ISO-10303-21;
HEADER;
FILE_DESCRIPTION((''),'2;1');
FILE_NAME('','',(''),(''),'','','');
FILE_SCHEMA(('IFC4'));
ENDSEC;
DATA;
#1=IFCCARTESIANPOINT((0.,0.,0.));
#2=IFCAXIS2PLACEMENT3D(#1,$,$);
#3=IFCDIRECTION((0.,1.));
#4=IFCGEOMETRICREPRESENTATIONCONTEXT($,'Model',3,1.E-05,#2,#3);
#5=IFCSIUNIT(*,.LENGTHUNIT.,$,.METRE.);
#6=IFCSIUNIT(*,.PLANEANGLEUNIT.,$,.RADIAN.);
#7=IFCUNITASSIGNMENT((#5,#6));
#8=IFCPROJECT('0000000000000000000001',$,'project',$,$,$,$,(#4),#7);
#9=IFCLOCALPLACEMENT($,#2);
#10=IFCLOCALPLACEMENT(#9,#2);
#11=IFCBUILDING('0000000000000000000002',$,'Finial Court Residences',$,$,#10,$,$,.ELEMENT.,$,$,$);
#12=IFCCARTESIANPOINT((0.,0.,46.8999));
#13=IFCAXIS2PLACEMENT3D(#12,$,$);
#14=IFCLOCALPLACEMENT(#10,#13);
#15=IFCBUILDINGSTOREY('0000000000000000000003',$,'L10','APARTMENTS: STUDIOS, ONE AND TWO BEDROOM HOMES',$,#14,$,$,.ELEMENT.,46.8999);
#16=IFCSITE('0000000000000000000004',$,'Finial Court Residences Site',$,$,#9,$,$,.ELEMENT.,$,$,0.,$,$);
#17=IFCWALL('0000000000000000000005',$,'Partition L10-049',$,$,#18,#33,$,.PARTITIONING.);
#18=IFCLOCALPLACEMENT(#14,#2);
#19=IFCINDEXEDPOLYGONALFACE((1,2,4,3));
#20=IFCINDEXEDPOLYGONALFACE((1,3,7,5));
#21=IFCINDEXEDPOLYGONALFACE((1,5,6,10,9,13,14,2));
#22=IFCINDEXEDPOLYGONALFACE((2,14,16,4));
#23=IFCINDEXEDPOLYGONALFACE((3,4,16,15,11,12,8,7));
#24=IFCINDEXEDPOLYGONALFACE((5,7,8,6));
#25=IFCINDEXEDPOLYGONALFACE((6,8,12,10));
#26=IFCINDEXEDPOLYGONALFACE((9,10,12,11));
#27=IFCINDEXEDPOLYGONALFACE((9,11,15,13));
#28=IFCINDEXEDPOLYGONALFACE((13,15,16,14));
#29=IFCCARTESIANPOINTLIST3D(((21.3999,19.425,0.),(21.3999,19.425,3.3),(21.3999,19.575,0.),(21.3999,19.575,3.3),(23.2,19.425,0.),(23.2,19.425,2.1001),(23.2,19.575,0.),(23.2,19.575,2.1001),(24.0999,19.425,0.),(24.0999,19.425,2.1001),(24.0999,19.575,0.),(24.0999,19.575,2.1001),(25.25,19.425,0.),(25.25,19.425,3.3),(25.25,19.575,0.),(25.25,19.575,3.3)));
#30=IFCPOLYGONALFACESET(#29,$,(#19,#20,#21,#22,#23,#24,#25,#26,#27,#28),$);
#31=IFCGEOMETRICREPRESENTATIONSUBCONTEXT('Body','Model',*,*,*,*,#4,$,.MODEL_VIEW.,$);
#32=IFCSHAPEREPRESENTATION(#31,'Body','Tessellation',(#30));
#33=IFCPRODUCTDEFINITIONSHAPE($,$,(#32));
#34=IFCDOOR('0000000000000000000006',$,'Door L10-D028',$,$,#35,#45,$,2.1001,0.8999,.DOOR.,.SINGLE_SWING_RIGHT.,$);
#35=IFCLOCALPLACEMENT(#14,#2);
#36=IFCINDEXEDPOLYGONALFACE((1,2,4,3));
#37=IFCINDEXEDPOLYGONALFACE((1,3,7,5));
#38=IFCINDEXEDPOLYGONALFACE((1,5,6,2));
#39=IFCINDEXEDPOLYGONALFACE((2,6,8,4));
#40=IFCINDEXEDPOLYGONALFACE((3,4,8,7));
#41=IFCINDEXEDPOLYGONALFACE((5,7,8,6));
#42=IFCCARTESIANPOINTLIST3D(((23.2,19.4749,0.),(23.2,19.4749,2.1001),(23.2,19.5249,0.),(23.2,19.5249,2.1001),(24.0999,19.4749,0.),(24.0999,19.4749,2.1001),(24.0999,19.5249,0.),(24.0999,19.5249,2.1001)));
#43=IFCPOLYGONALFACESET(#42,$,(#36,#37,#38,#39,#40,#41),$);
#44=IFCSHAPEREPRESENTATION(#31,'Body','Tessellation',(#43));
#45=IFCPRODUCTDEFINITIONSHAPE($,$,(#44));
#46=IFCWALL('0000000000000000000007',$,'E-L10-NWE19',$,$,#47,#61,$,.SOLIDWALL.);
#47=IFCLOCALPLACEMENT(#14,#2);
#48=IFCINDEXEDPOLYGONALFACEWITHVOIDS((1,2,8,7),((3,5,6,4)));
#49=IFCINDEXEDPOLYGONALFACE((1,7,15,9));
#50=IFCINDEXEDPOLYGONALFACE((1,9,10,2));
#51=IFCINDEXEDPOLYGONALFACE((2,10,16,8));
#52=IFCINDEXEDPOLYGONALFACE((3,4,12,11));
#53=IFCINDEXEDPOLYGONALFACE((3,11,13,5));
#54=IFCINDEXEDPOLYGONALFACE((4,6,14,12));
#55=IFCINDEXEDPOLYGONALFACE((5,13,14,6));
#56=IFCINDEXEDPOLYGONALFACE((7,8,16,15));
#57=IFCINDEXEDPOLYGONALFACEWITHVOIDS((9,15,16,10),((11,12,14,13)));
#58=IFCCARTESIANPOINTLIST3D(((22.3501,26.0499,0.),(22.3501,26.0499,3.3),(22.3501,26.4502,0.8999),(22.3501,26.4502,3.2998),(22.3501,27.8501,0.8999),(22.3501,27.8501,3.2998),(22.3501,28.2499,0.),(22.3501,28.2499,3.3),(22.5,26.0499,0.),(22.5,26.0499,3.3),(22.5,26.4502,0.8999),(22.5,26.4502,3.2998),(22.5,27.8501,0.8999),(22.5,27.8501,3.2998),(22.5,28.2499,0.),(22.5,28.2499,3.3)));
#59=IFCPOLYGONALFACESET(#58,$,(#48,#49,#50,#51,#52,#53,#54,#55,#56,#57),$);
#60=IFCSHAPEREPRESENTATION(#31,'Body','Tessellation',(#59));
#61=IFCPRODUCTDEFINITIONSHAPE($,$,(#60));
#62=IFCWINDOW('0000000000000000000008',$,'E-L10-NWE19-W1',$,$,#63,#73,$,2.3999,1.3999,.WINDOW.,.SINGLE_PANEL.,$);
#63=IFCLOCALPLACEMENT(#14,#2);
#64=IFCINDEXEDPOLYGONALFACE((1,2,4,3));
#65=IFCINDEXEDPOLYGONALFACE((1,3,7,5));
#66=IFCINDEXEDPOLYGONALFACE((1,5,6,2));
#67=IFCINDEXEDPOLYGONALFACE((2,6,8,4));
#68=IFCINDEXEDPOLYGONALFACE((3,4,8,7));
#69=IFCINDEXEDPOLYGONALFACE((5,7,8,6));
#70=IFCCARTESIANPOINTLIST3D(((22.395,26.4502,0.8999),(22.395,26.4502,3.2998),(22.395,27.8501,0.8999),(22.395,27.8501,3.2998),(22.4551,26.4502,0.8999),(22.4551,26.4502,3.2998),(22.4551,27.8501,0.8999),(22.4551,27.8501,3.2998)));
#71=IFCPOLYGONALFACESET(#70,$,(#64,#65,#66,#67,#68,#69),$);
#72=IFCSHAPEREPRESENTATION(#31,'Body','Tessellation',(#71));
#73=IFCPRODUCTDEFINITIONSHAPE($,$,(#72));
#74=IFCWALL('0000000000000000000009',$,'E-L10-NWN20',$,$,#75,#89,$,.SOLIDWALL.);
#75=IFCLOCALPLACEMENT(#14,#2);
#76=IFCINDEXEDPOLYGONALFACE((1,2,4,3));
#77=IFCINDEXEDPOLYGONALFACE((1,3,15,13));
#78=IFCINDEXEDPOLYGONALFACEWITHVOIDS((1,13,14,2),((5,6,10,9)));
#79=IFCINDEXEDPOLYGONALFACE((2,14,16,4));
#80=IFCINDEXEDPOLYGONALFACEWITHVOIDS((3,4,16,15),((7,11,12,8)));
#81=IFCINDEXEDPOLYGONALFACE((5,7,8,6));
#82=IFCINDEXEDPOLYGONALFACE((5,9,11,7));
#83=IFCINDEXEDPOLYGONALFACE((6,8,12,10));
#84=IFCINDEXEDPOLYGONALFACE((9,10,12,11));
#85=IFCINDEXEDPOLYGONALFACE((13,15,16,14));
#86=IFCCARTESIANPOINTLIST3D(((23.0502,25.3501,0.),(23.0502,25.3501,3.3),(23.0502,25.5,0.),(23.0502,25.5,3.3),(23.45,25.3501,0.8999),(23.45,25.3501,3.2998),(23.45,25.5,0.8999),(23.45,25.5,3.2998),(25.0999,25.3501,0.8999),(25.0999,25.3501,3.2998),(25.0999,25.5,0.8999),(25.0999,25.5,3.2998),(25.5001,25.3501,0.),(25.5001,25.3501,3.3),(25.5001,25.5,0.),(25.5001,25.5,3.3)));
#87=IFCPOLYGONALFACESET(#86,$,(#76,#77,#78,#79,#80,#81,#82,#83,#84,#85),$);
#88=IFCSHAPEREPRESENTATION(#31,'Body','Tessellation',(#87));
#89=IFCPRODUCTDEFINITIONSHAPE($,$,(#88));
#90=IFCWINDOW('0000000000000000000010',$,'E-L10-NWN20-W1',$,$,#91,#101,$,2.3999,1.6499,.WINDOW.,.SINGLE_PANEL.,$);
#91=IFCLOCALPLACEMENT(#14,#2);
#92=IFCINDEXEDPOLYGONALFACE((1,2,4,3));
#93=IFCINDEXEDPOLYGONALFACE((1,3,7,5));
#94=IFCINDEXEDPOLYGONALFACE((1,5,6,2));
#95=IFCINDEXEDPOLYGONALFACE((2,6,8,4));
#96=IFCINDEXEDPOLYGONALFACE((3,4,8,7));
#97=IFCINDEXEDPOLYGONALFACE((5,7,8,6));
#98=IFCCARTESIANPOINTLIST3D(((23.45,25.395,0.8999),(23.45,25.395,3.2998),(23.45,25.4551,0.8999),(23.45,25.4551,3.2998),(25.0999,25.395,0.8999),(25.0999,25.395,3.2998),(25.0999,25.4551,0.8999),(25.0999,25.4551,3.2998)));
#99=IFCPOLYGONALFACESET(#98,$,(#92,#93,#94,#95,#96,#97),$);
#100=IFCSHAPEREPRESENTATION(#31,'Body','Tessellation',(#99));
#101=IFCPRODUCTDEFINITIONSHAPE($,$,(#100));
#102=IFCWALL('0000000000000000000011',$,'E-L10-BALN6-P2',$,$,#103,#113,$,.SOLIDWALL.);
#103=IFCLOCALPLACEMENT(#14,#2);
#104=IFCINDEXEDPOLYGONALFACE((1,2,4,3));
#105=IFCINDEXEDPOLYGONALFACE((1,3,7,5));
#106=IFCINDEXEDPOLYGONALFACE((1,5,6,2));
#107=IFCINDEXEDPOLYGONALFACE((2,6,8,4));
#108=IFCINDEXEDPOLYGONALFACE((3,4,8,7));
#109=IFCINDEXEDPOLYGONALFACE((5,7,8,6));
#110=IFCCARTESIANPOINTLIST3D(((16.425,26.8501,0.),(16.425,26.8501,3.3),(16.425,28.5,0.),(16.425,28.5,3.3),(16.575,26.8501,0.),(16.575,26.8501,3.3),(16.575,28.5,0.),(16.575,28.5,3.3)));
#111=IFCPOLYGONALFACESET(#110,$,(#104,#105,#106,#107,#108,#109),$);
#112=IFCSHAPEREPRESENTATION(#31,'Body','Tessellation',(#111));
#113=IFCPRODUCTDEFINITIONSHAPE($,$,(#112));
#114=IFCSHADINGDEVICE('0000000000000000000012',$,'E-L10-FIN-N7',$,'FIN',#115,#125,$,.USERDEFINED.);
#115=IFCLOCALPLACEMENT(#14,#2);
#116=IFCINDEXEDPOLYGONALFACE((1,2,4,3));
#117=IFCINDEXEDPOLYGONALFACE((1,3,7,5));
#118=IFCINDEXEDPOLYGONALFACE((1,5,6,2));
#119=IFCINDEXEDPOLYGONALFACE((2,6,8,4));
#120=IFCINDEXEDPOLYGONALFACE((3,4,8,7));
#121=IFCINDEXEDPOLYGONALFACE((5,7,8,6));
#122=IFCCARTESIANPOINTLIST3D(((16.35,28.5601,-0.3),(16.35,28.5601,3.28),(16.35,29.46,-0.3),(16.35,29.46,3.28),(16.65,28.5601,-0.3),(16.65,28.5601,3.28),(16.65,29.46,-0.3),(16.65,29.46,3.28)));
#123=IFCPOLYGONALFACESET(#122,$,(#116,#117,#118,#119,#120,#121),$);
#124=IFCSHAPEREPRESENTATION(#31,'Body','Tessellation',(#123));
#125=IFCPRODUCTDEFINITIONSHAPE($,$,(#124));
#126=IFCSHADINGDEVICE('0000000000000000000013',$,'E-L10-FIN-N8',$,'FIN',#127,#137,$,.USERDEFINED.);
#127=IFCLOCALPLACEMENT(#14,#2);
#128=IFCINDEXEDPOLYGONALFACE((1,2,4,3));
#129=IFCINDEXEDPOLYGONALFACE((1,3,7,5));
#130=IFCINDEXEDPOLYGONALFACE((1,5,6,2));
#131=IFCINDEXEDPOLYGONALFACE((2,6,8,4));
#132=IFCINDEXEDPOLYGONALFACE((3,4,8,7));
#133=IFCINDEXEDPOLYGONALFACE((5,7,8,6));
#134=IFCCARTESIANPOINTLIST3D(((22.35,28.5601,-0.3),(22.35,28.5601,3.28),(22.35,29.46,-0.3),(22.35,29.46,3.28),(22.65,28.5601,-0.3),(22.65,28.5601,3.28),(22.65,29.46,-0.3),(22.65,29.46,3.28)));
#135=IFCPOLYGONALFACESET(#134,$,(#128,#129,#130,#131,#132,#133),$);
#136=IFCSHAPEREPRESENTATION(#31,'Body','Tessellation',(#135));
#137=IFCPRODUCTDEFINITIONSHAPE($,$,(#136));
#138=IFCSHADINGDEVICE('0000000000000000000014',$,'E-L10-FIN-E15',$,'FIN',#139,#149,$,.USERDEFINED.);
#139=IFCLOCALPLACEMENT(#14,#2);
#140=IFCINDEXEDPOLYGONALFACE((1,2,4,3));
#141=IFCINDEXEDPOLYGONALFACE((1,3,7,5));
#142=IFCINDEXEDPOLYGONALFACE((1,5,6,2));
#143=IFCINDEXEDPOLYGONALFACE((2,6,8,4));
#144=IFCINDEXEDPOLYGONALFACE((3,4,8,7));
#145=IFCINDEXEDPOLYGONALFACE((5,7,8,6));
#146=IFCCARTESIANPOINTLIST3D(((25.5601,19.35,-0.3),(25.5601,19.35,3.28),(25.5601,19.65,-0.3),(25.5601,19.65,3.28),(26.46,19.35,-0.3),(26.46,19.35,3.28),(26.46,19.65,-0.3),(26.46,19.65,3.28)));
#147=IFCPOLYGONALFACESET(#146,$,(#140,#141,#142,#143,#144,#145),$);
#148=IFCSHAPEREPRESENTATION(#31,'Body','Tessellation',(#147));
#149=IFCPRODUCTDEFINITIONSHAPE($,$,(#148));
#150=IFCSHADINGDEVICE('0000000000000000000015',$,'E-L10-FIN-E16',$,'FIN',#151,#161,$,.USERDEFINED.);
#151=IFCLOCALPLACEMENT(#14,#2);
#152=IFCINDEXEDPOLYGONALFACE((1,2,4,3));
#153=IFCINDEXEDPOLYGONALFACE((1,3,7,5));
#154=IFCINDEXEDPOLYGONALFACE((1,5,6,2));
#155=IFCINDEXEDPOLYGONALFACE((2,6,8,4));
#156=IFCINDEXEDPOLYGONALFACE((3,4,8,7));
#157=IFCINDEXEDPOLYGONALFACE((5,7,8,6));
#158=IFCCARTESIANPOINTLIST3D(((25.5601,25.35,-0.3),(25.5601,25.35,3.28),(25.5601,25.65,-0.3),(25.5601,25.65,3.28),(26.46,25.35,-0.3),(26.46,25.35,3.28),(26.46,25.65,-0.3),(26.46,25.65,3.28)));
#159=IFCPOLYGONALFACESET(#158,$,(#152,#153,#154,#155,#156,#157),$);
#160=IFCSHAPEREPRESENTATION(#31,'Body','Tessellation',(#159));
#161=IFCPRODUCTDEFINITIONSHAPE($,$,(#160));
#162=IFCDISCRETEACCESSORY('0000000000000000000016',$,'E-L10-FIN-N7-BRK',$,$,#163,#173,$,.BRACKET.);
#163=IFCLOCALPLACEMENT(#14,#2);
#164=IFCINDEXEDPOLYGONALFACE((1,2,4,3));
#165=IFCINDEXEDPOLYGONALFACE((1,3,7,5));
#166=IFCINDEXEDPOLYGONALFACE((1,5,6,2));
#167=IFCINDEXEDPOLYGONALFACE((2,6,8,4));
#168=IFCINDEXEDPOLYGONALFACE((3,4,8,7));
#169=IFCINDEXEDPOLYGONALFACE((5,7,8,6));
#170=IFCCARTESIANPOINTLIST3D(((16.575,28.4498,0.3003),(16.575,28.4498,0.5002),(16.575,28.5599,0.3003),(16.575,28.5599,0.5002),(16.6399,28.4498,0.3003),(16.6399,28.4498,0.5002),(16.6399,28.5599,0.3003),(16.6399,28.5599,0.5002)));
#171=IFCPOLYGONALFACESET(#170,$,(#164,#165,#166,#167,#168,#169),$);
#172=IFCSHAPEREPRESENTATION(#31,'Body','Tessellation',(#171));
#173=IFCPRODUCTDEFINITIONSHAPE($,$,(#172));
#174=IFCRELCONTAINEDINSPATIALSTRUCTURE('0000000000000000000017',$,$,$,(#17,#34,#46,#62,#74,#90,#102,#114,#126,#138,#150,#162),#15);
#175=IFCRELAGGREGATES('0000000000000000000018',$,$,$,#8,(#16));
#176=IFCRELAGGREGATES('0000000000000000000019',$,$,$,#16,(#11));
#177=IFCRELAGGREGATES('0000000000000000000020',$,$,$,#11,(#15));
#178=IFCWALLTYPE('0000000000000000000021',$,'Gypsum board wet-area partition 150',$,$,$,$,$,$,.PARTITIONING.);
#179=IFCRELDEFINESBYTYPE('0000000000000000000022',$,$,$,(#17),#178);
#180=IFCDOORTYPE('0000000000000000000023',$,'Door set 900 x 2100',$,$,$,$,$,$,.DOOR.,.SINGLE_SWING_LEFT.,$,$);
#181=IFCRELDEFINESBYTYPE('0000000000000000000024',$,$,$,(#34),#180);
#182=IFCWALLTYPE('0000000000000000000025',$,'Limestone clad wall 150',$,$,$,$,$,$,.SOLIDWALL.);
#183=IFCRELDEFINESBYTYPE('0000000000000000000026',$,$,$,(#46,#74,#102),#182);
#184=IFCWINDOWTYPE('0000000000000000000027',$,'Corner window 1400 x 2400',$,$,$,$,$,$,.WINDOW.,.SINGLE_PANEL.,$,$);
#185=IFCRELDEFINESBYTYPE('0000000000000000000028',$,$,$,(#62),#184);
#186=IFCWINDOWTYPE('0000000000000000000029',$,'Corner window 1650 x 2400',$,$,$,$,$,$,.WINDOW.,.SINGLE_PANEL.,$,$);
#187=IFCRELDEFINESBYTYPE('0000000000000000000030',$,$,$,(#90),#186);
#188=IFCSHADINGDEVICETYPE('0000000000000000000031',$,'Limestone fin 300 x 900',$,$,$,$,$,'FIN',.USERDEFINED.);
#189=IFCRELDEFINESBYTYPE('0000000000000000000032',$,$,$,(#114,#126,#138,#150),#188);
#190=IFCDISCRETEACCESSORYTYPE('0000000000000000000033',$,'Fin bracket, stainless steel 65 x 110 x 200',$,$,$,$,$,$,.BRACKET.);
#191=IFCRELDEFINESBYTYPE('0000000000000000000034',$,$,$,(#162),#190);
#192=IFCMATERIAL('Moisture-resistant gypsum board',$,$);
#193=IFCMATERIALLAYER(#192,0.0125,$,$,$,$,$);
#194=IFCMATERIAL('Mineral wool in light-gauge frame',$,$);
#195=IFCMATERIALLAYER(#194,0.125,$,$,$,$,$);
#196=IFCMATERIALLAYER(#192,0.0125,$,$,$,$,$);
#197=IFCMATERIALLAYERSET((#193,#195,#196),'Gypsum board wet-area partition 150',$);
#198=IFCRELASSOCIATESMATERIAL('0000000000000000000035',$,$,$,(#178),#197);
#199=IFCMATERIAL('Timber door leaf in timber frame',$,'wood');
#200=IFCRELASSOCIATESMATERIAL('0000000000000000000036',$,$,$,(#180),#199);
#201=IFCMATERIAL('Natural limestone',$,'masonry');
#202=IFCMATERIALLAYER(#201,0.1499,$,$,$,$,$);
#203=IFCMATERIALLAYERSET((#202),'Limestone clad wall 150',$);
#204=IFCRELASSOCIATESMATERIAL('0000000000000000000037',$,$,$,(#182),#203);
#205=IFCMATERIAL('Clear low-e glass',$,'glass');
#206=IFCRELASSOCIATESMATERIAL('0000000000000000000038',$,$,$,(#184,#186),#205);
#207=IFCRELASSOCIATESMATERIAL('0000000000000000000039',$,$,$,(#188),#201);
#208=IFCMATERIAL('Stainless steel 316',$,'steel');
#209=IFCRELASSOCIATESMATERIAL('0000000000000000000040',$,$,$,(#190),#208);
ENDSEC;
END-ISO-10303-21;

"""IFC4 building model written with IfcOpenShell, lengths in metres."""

from ifc_helpers import new_model, si_unit, direction, frame, frame_2d, origin, origin_2d, place, context, subcontext, project, spatial, rectangle, extrude, material, layer, layer_set, type_object, element, fill, save


model = new_model("IFC4")

# Units and contexts
model_context = context("Model", 3, precision=1e-05, world=origin(), true_north=direction((0.0, 1.0)))
body_context = subcontext(model_context, "Body", "Model", "MODEL_VIEW")
ifc_project = project(units=[si_unit("LENGTHUNIT", "METRE"), si_unit("PLANEANGLEUNIT", "RADIAN")], contexts=[model_context])

# Site, building, storey
site_placement = place(None, origin())
site = spatial("IfcSite", under=ifc_project, at=site_placement, Name="Finial Court Residences Site", CompositionType="ELEMENT", RefElevation=0.0)
building_placement = place(site_placement, origin())
building = spatial("IfcBuilding", under=site, at=building_placement, Name="Finial Court Residences", CompositionType="ELEMENT")
storey_placement = place(building_placement, frame((0.0, 0.0, 46.8999)))
storey = spatial("IfcBuildingStorey", under=building, at=storey_placement, Name="L10", Description="APARTMENTS: STUDIOS, ONE AND TWO BEDROOM HOMES", CompositionType="ELEMENT", Elevation=46.8999)

# Shared definitions
ifc_material_1 = material(Name="Clear low-e glass", Category="glass")

# Wall, opening, door
ifc_material_2 = material(Name="Moisture-resistant gypsum board")
ifc_layer_1 = layer(ifc_material_2, 0.0125)
ifc_material_3 = material(Name="Mineral wool in light-gauge frame")
ifc_layer_2 = layer(ifc_material_3, 0.125)
ifc_layer_3 = layer(ifc_material_2, 0.0125)
ifc_layer_set_1 = layer_set([ifc_layer_1, ifc_layer_2, ifc_layer_3], Name="Gypsum board wet-area partition 150")
wall_type_1 = type_object("IfcWallType", Name="Gypsum board wet-area partition 150", PredefinedType="PARTITIONING", material=ifc_layer_set_1)
wall_1_placement = place(storey_placement, frame((21.3999, 19.5, 0.0), z_axis=(0.0, 0.0, 1.0), x_axis=(1.0, 0.0, 0.0)))
wall_1 = element("IfcWall", 1, at=wall_1_placement, inside=storey, type_object=wall_type_1, Name="Partition L10-049", PredefinedType="PARTITIONING", context=body_context, shape_type="SweptSolid", body=[
    extrude(rectangle(XDim=3.8501, YDim=0.1499, at=frame_2d((1.925, 0.0))), origin(), (0.0, 0.0, 1.0), 3.3),
])
opening_1_placement = place(wall_1_placement, frame((1.8, 0.0, 0.0)))
opening_1 = element("IfcOpeningElement", 2, at=opening_1_placement, cuts=wall_1, PredefinedType="OPENING", context=body_context, shape_type="SweptSolid", body=[
    extrude(rectangle(XDim=0.8999, YDim=2.1001, at=frame_2d((0.45, 1.05))), frame((0.0, 0.085, 0.0), z_axis=(0.0, -1.0, 0.0), x_axis=(1.0, 0.0, 0.0)), (0.0, 0.0, 1.0), 0.1699),
])
ifc_material_4 = material(Name="Timber door leaf in timber frame", Category="wood")
door_type = type_object("IfcDoorType", Name="Door set 900 x 2100", OperationType="SINGLE_SWING_LEFT", PredefinedType="DOOR", material=ifc_material_4)
door_placement = place(opening_1_placement, origin())
door = element("IfcDoor", 3, at=door_placement, inside=storey, type_object=door_type, Name="Door L10-D028", OperationType="SINGLE_SWING_RIGHT", OverallHeight=2.1001, OverallWidth=0.8999, PredefinedType="DOOR", context=body_context, shape_type="SweptSolid", body=[
    extrude(rectangle(XDim=0.8999, YDim=2.1001, at=frame_2d((0.45, 1.05))), frame((0.0, 0.0249, 0.0), z_axis=(0.0, -1.0, 0.0), x_axis=(1.0, 0.0, 0.0)), (0.0, 0.0, 1.0), 0.05),
])
fill(opening_1, door)

# Walls, openings, windows
ifc_material_5 = material(Name="Natural limestone", Category="masonry")
ifc_layer_4 = layer(ifc_material_5, 0.1499)
ifc_layer_set_2 = layer_set([ifc_layer_4], Name="Limestone clad wall 150")
wall_type_2 = type_object("IfcWallType", Name="Limestone clad wall 150", PredefinedType="SOLIDWALL", material=ifc_layer_set_2)
wall_2_placement = place(storey_placement, frame((22.425, 28.25, 0.0), z_axis=(0.0, 0.0, 1.0), x_axis=(0.0, -1.0, 0.0)))
wall_2 = element("IfcWall", 4, at=wall_2_placement, inside=storey, type_object=wall_type_2, Name="E-L10-NWE19", PredefinedType="SOLIDWALL", context=body_context, shape_type="SweptSolid", body=[
    extrude(rectangle(XDim=2.2, YDim=0.1499, at=frame_2d((1.1001, 0.0))), origin(), (0.0, 0.0, 1.0), 3.3),
])
opening_2_placement = place(wall_2_placement, frame((0.3999, 0.0, 0.8999)))
opening_2 = element("IfcOpeningElement", 5, at=opening_2_placement, cuts=wall_2, PredefinedType="OPENING", context=body_context, shape_type="SweptSolid", body=[
    extrude(rectangle(XDim=1.3999, YDim=2.3999, at=frame_2d((0.7, 1.2))), frame((0.0, 0.085, 0.0), z_axis=(0.0, -1.0, 0.0), x_axis=(1.0, 0.0, 0.0)), (0.0, 0.0, 1.0), 0.1699),
])
window_type_1 = type_object("IfcWindowType", Name="Corner window 1400 x 2400", PartitioningType="SINGLE_PANEL", PredefinedType="WINDOW", material=ifc_material_1)
window_1_placement = place(opening_2_placement, origin())
window_1 = element("IfcWindow", 6, at=window_1_placement, inside=storey, type_object=window_type_1, Name="E-L10-NWE19-W1", OverallHeight=2.3999, OverallWidth=1.3999, PartitioningType="SINGLE_PANEL", PredefinedType="WINDOW", context=body_context, shape_type="SweptSolid", body=[
    extrude(rectangle(XDim=1.3999, YDim=2.3999, at=frame_2d((0.7, 1.2))), frame((0.0, 0.03, 0.0), z_axis=(0.0, -1.0, 0.0), x_axis=(1.0, 0.0, 0.0)), (0.0, 0.0, 1.0), 0.0601),
])
fill(opening_2, window_1)
wall_3_placement = place(storey_placement, frame((23.05, 25.425, 0.0), z_axis=(0.0, 0.0, 1.0), x_axis=(1.0, 0.0, 0.0)))
wall_3 = element("IfcWall", 7, at=wall_3_placement, inside=storey, type_object=wall_type_2, Name="E-L10-NWN20", PredefinedType="SOLIDWALL", context=body_context, shape_type="SweptSolid", body=[
    extrude(rectangle(XDim=2.45, YDim=0.1499, at=frame_2d((1.2251, 0.0))), origin(), (0.0, 0.0, 1.0), 3.3),
])
opening_3_placement = place(wall_3_placement, frame((0.3999, 0.0, 0.8999)))
opening_3 = element("IfcOpeningElement", 8, at=opening_3_placement, cuts=wall_3, PredefinedType="OPENING", context=body_context, shape_type="SweptSolid", body=[
    extrude(rectangle(XDim=1.6499, YDim=2.3999, at=frame_2d((0.825, 1.2))), frame((0.0, 0.085, 0.0), z_axis=(0.0, -1.0, 0.0), x_axis=(1.0, 0.0, 0.0)), (0.0, 0.0, 1.0), 0.1699),
])
window_type_2 = type_object("IfcWindowType", Name="Corner window 1650 x 2400", PartitioningType="SINGLE_PANEL", PredefinedType="WINDOW", material=ifc_material_1)
window_2_placement = place(opening_3_placement, origin())
window_2 = element("IfcWindow", 9, at=window_2_placement, inside=storey, type_object=window_type_2, Name="E-L10-NWN20-W1", OverallHeight=2.3999, OverallWidth=1.6499, PartitioningType="SINGLE_PANEL", PredefinedType="WINDOW", context=body_context, shape_type="SweptSolid", body=[
    extrude(rectangle(XDim=1.6499, YDim=2.3999, at=frame_2d((0.825, 1.2))), frame((0.0, 0.03, 0.0), z_axis=(0.0, -1.0, 0.0), x_axis=(1.0, 0.0, 0.0)), (0.0, 0.0, 1.0), 0.0601),
])
fill(opening_3, window_2)

# Wall
wall_4_placement = place(storey_placement, frame((16.5, 26.8501, 0.0), z_axis=(0.0, 0.0, 1.0), x_axis=(0.0, 1.0, 0.0)))
element("IfcWall", 10, at=wall_4_placement, inside=storey, type_object=wall_type_2, Name="E-L10-BALN6-P2", PredefinedType="SOLIDWALL", context=body_context, shape_type="SweptSolid", body=[
    extrude(rectangle(XDim=1.6499, YDim=0.1499, at=frame_2d((0.825, 0.0))), origin(), (0.0, 0.0, 1.0), 3.3),
])

# Shading devices
shading_device_type = type_object("IfcShadingDeviceType", Name="Limestone fin 300 x 900", ElementType="FIN", PredefinedType="USERDEFINED", material=ifc_material_5)
for number, where, z_axis, x_axis, name in (
    (11, (16.5, 29.01, -0.3), (0.0, 0.0, 1.0), (1.0, 0.0, 0.0), "E-L10-FIN-N7"),
    (12, (22.5, 29.01, -0.3), (0.0, 0.0, 1.0), (1.0, 0.0, 0.0), "E-L10-FIN-N8"),
):
    element("IfcShadingDevice", number, at=place(storey_placement, frame(where, z_axis=z_axis, x_axis=x_axis)), inside=storey, type_object=shading_device_type, Name=name, ObjectType="FIN", PredefinedType="USERDEFINED", context=body_context, shape_type="SweptSolid", body=[
        extrude(rectangle(XDim=0.3, YDim=0.8999, at=origin_2d()), origin(), (0.0, 0.0, 1.0), 3.5801),
    ])
for number, where, z_axis, x_axis, name in (
    (13, (26.01, 19.5, -0.3), (0.0, 0.0, 1.0), (1.0, 0.0, 0.0), "E-L10-FIN-E15"),
    (14, (26.01, 25.5, -0.3), (0.0, 0.0, 1.0), (1.0, 0.0, 0.0), "E-L10-FIN-E16"),
):
    element("IfcShadingDevice", number, at=place(storey_placement, frame(where, z_axis=z_axis, x_axis=x_axis)), inside=storey, type_object=shading_device_type, Name=name, ObjectType="FIN", PredefinedType="USERDEFINED", context=body_context, shape_type="SweptSolid", body=[
        extrude(rectangle(XDim=0.8999, YDim=0.3, at=origin_2d()), origin(), (0.0, 0.0, 1.0), 3.5801),
    ])

# Discrete accessory
ifc_material_6 = material(Name="Stainless steel 316", Category="steel")
discrete_accessory_type = type_object("IfcDiscreteAccessoryType", Name="Fin bracket, stainless steel 65 x 110 x 200", PredefinedType="BRACKET", material=ifc_material_6)
for number, where, z_axis, x_axis, name in (
    (15, (16.6074, 28.5049, 0.3003), (0.0, 0.0, 1.0), (1.0, 0.0, 0.0), "E-L10-FIN-N7-BRK"),
):
    element("IfcDiscreteAccessory", number, at=place(storey_placement, frame(where, z_axis=z_axis, x_axis=x_axis)), inside=storey, type_object=discrete_accessory_type, Name=name, PredefinedType="BRACKET", context=body_context, shape_type="SweptSolid", body=[
        extrude(rectangle(XDim=0.0649, YDim=0.1101, at=origin_2d()), origin(), (0.0, 0.0, 1.0), 0.2),
    ])

save(model, "model.ifc")
